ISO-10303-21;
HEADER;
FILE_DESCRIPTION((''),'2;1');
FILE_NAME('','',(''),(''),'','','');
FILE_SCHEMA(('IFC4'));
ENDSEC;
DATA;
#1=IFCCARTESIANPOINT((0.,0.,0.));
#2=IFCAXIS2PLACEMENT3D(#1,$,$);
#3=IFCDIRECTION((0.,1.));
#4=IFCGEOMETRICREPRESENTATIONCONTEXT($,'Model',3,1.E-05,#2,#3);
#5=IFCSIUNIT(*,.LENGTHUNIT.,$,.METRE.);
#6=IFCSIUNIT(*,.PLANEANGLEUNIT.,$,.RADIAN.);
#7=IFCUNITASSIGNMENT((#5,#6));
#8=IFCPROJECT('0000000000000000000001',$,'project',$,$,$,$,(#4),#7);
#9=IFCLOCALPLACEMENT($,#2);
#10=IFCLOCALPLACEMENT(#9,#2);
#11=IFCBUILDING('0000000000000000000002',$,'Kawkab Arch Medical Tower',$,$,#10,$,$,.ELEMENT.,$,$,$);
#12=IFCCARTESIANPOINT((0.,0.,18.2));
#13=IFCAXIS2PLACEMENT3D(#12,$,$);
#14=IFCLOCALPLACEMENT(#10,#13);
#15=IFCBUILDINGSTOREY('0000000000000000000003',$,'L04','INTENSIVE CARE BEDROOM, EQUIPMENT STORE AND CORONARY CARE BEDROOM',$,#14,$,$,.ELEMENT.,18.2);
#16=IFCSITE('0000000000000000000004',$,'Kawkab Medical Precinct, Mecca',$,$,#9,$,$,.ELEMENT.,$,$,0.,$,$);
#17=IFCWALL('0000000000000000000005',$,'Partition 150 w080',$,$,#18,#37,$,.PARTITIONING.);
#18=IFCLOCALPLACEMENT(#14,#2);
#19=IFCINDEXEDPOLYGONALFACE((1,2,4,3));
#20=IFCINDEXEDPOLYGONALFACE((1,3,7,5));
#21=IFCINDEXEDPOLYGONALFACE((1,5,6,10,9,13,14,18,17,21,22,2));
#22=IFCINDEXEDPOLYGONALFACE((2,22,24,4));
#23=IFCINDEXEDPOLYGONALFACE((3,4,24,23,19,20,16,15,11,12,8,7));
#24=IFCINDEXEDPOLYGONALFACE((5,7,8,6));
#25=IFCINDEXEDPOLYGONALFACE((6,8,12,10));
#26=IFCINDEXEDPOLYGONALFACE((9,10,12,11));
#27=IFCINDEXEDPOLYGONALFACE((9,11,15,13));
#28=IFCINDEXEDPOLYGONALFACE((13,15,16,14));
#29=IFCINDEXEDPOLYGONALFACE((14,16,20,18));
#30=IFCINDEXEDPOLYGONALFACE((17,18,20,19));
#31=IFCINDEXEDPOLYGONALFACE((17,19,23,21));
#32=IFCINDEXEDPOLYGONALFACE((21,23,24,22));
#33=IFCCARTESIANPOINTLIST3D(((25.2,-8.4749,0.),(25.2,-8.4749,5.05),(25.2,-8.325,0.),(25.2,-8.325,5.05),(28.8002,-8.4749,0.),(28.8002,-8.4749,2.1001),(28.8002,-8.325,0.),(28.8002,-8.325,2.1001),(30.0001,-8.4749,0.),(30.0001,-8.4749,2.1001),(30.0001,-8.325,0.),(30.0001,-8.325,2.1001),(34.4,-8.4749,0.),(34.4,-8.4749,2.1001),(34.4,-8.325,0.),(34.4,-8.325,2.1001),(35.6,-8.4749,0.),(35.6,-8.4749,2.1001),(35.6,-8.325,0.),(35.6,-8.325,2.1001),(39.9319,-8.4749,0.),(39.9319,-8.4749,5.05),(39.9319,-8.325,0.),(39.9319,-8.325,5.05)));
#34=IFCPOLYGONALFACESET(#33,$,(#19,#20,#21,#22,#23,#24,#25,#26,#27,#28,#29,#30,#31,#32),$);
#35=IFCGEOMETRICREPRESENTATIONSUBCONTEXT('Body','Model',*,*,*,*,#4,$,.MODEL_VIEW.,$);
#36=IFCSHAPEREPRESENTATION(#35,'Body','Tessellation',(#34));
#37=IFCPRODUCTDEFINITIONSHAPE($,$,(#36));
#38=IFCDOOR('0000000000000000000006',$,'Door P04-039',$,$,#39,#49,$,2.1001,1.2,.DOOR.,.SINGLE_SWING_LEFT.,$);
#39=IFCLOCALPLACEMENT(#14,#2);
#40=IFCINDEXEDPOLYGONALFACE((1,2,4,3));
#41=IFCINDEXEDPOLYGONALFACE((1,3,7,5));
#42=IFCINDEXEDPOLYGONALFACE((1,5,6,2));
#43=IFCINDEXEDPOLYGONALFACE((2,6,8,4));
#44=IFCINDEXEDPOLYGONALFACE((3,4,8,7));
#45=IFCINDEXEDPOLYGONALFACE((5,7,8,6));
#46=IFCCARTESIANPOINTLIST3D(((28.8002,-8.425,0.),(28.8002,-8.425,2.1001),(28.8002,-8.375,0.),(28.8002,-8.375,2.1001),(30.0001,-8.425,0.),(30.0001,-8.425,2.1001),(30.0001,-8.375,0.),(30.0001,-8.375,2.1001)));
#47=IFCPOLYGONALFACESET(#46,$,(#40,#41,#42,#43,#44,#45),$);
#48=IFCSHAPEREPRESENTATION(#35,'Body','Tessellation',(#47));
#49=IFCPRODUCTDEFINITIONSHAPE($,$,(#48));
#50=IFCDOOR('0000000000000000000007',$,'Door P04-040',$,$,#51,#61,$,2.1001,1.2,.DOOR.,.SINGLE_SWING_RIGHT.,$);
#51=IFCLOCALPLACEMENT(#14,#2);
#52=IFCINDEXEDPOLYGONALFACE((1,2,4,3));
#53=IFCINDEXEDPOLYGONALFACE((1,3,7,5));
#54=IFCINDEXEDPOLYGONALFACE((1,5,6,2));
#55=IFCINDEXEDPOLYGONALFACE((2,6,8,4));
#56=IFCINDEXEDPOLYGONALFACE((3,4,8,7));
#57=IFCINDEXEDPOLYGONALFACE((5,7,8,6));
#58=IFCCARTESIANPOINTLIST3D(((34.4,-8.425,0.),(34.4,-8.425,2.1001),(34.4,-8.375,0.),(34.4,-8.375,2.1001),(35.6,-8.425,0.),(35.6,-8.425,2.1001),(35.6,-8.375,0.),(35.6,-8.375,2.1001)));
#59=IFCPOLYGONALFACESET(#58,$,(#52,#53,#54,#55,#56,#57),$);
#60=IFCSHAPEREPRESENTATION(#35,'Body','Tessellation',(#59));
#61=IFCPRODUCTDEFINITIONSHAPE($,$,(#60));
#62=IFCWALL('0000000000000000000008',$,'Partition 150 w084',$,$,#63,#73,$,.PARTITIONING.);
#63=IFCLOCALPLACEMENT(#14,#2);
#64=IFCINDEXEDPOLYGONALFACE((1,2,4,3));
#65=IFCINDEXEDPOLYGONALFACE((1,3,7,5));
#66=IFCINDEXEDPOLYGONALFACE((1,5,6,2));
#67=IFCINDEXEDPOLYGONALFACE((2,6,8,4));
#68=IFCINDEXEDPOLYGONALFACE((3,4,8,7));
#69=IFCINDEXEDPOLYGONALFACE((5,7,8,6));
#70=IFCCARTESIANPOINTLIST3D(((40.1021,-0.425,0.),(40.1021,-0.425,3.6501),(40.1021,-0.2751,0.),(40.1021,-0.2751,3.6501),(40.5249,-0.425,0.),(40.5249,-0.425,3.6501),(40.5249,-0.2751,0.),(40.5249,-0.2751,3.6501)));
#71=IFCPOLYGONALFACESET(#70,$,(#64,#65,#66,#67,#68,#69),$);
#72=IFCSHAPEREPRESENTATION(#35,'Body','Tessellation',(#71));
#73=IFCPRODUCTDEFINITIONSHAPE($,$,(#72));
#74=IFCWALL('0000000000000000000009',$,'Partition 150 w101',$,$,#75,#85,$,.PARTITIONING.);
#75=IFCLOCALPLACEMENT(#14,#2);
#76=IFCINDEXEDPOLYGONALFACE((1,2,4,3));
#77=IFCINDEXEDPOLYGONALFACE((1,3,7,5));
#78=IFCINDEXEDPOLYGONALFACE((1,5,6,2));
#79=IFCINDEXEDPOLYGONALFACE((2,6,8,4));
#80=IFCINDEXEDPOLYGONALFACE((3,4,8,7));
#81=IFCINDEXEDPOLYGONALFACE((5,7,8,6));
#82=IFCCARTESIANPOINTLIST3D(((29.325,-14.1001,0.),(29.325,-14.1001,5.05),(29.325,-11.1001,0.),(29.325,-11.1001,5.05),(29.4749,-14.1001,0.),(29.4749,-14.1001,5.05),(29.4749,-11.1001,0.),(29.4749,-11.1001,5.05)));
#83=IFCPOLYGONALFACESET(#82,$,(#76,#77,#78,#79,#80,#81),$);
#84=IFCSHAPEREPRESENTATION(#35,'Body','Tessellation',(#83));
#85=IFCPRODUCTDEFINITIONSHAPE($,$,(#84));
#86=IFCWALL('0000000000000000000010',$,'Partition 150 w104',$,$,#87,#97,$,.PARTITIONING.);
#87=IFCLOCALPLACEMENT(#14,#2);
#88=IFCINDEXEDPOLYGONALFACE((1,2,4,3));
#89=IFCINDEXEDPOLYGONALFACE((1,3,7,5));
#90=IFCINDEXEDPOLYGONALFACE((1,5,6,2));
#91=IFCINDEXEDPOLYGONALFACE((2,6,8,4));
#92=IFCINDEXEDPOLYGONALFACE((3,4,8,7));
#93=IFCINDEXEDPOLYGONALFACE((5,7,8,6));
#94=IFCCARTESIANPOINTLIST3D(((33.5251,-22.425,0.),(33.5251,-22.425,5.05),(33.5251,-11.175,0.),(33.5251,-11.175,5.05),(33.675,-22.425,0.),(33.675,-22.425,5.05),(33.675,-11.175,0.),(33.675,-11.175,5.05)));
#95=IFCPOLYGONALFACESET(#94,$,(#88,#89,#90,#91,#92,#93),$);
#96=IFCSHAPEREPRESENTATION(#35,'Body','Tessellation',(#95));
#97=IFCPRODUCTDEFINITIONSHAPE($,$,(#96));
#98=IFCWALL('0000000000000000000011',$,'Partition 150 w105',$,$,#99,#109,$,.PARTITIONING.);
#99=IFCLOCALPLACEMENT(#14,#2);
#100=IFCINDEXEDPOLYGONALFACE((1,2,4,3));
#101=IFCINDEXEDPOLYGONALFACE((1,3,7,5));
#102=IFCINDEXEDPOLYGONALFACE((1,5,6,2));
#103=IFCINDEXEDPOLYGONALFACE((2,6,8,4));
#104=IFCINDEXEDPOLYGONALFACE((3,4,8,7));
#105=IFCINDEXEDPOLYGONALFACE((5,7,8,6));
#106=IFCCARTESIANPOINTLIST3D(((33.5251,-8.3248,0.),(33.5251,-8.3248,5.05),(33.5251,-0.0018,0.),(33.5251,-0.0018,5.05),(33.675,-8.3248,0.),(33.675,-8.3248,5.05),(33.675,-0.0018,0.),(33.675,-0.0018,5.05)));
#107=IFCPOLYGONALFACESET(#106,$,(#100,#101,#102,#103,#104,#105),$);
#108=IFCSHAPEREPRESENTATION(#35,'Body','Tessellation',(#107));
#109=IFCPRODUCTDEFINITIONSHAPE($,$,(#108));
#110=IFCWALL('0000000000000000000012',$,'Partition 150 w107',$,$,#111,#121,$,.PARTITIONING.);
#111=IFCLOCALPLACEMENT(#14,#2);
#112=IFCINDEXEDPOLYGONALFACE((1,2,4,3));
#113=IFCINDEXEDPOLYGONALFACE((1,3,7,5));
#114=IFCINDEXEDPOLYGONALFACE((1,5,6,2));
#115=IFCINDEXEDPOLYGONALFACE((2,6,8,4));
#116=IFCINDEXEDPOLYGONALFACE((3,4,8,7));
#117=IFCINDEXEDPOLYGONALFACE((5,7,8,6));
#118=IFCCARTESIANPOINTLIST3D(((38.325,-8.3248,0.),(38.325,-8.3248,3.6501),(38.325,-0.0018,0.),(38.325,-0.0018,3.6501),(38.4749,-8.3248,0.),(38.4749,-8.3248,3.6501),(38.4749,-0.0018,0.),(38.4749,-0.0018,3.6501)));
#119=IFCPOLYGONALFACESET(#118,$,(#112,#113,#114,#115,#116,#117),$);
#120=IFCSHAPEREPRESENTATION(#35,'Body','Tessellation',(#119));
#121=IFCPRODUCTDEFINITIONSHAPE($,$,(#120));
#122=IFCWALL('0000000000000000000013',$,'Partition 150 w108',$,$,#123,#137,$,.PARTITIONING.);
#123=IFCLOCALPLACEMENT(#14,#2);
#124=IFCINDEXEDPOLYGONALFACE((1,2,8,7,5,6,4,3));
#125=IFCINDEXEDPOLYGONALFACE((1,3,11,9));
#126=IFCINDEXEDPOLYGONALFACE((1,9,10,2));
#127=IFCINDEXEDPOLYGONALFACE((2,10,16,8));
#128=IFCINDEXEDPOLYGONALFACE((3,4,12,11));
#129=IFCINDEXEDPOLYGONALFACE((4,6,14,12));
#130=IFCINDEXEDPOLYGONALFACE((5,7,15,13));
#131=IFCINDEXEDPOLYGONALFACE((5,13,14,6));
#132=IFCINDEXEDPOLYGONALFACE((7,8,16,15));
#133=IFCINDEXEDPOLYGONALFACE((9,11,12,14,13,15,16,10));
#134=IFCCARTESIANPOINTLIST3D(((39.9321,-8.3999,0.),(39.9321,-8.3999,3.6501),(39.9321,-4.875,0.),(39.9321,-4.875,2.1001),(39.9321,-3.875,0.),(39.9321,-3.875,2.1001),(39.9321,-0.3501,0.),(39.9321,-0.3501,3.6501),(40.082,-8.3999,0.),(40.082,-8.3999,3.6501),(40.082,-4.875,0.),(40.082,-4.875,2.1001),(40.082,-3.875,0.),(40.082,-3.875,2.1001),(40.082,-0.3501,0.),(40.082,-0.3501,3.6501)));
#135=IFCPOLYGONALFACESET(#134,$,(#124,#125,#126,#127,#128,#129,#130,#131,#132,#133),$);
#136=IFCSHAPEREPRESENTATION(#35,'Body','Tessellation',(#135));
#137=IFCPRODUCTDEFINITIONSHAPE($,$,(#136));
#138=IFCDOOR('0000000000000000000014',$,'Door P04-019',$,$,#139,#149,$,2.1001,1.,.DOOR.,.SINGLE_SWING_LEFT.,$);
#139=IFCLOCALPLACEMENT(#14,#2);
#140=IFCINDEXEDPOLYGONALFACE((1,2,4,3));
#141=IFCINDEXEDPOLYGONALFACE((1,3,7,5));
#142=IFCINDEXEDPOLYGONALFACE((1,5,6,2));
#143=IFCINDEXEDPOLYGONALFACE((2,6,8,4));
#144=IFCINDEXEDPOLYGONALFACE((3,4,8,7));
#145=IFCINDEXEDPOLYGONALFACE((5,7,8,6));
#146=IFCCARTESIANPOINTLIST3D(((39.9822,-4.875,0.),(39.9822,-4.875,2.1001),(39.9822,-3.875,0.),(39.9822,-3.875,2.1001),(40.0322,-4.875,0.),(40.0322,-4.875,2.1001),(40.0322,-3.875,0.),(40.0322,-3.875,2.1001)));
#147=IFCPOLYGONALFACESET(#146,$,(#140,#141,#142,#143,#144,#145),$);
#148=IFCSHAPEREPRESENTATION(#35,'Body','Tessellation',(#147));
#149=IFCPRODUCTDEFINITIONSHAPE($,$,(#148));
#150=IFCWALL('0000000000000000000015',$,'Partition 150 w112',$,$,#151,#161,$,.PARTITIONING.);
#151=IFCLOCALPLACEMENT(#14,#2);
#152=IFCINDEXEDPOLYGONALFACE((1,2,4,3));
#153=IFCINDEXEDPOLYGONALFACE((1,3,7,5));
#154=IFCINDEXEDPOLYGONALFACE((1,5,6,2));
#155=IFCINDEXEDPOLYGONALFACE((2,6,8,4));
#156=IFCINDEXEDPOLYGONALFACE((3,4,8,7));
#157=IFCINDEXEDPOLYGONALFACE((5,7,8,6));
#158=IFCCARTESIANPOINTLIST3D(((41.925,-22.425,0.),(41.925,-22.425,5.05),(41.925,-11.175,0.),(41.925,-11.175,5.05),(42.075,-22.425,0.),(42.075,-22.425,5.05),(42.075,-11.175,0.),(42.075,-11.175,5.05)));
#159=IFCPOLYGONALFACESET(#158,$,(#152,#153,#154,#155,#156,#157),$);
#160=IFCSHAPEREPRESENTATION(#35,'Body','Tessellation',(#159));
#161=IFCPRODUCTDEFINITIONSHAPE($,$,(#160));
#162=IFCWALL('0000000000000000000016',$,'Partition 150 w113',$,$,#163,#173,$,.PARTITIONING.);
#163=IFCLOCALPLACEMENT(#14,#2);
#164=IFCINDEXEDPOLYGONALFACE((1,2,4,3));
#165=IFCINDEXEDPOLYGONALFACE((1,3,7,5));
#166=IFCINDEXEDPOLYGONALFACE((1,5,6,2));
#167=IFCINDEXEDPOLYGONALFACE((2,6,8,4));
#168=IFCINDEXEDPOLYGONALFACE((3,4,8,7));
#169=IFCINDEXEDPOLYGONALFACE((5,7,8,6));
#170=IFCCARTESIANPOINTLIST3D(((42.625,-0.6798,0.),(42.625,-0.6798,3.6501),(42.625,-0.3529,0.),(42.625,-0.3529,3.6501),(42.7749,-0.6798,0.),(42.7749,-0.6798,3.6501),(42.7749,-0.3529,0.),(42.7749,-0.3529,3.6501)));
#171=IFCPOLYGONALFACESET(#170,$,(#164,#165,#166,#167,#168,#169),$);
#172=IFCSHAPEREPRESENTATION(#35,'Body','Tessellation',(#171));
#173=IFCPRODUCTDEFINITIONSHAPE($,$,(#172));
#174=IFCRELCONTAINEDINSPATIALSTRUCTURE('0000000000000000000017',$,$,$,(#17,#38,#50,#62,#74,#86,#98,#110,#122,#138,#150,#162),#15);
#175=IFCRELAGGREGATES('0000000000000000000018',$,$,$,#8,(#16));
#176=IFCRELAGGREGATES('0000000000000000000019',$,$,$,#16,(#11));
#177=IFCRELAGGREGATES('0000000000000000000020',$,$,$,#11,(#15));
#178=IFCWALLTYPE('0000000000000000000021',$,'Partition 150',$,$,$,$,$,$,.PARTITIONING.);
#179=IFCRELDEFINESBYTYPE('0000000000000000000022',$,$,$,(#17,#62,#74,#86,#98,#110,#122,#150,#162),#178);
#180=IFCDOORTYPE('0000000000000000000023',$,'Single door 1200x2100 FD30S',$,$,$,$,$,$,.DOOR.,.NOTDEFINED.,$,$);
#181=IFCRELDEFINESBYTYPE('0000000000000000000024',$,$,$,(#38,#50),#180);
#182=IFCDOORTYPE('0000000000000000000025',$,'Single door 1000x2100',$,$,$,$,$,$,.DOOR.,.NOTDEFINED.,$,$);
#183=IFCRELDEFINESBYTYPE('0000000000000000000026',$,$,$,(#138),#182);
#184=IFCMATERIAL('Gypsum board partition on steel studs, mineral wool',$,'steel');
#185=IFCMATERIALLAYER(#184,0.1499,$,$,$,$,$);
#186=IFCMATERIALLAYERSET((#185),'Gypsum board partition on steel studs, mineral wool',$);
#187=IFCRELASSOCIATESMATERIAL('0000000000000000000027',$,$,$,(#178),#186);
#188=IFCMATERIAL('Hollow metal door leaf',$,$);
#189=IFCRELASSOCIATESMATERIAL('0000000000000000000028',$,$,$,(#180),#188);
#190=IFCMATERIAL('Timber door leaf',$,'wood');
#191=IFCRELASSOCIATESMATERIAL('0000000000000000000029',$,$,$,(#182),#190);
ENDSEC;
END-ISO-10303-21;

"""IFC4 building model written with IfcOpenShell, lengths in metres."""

from ifc_helpers import new_model, si_unit, direction, frame, frame_2d, origin, place, context, subcontext, project, spatial, rectangle, extrude, material, layer, layer_set, type_object, element, fill, save


model = new_model("IFC4")

# Units and contexts
model_context = context("Model", 3, precision=1e-05, world=origin(), true_north=direction((0.0, 1.0)))
body_context = subcontext(model_context, "Body", "Model", "MODEL_VIEW")
ifc_project = project(units=[si_unit("LENGTHUNIT", "METRE"), si_unit("PLANEANGLEUNIT", "RADIAN")], contexts=[model_context])

# Site, building, storey
site_placement = place(None, origin())
site = spatial("IfcSite", under=ifc_project, at=site_placement, Name="Kawkab Medical Precinct, Mecca", CompositionType="ELEMENT", RefElevation=0.0)
building_placement = place(site_placement, origin())
building = spatial("IfcBuilding", under=site, at=building_placement, Name="Kawkab Arch Medical Tower", CompositionType="ELEMENT")
storey_placement = place(building_placement, frame((0.0, 0.0, 18.2)))
storey = spatial("IfcBuildingStorey", under=building, at=storey_placement, Name="L04", Description="INTENSIVE CARE BEDROOM, EQUIPMENT STORE AND CORONARY CARE BEDROOM", CompositionType="ELEMENT", Elevation=18.2)

# Shared definitions
ifc_material_1 = material(Name="Gypsum board partition on steel studs, mineral wool", Category="steel")
ifc_layer_1 = layer(ifc_material_1, 0.1499)
ifc_layer_set_1 = layer_set([ifc_layer_1], Name="Gypsum board partition on steel studs, mineral wool")
wall_type_1 = type_object("IfcWallType", Name="Partition 150", PredefinedType="PARTITIONING", material=ifc_layer_set_1)

# Wall, openings, doors
wall_1_placement = place(storey_placement, frame((25.2, -8.3999, 0.0), z_axis=(0.0, 0.0, 1.0), x_axis=(1.0, 0.0, 0.0)))
wall_1 = element("IfcWall", 1, at=wall_1_placement, inside=storey, type_object=wall_type_1, Name="Partition 150 w080", PredefinedType="PARTITIONING", context=body_context, shape_type="SweptSolid", body=[
    extrude(rectangle(XDim=14.7319, YDim=0.1499, at=frame_2d((7.366, 0.0))), origin(), (0.0, 0.0, 1.0), 5.05),
])
opening_1_placement = place(wall_1_placement, frame((3.6001, 0.0, 0.0)))
opening_1 = element("IfcOpeningElement", 2, at=opening_1_placement, cuts=wall_1, PredefinedType="OPENING", context=body_context, shape_type="SweptSolid", body=[
    extrude(rectangle(XDim=1.2, YDim=2.1001, at=frame_2d((0.6001, 1.05))), frame((0.0, 0.085, 0.0), z_axis=(0.0, -1.0, 0.0), x_axis=(1.0, 0.0, 0.0)), (0.0, 0.0, 1.0), 0.1699),
])
opening_2_placement = place(wall_1_placement, frame((9.2, 0.0, 0.0)))
opening_2 = element("IfcOpeningElement", 3, at=opening_2_placement, cuts=wall_1, PredefinedType="OPENING", context=body_context, shape_type="SweptSolid", body=[
    extrude(rectangle(XDim=1.2, YDim=2.1001, at=frame_2d((0.6001, 1.05))), frame((0.0, 0.085, 0.0), z_axis=(0.0, -1.0, 0.0), x_axis=(1.0, 0.0, 0.0)), (0.0, 0.0, 1.0), 0.1699),
])
ifc_material_2 = material(Name="Hollow metal door leaf")
door_type_1 = type_object("IfcDoorType", Name="Single door 1200x2100 FD30S", OperationType="NOTDEFINED", PredefinedType="DOOR", material=ifc_material_2)
door_1_placement = place(opening_1_placement, origin())
door_1 = element("IfcDoor", 4, at=door_1_placement, inside=storey, type_object=door_type_1, Name="Door P04-039", OperationType="SINGLE_SWING_LEFT", OverallHeight=2.1001, OverallWidth=1.2, PredefinedType="DOOR", context=body_context, shape_type="SweptSolid", body=[
    extrude(rectangle(XDim=1.2, YDim=2.1001, at=frame_2d((0.6001, 1.05))), frame((0.0, 0.0249, 0.0), z_axis=(0.0, -1.0, 0.0), x_axis=(1.0, 0.0, 0.0)), (0.0, 0.0, 1.0), 0.05),
])
fill(opening_1, door_1)
door_2_placement = place(opening_2_placement, origin())
door_2 = element("IfcDoor", 5, at=door_2_placement, inside=storey, type_object=door_type_1, Name="Door P04-040", OperationType="SINGLE_SWING_RIGHT", OverallHeight=2.1001, OverallWidth=1.2, PredefinedType="DOOR", context=body_context, shape_type="SweptSolid", body=[
    extrude(rectangle(XDim=1.2, YDim=2.1001, at=frame_2d((0.6001, 1.05))), frame((0.0, 0.0249, 0.0), z_axis=(0.0, -1.0, 0.0), x_axis=(1.0, 0.0, 0.0)), (0.0, 0.0, 1.0), 0.05),
])
fill(opening_2, door_2)

# Walls
wall_2_placement = place(storey_placement, frame((40.1021, -0.3501, 0.0), z_axis=(0.0, 0.0, 1.0), x_axis=(1.0, 0.0, 0.0)))
element("IfcWall", 6, at=wall_2_placement, inside=storey, type_object=wall_type_1, Name="Partition 150 w084", PredefinedType="PARTITIONING", context=body_context, shape_type="SweptSolid", body=[
    extrude(rectangle(XDim=0.4229, YDim=0.1499, at=frame_2d((0.2114, 0.0))), origin(), (0.0, 0.0, 1.0), 3.6501),
])
wall_3_placement = place(storey_placement, frame((29.3999, -14.1001, 0.0), z_axis=(0.0, 0.0, 1.0), x_axis=(0.0, 1.0, 0.0)))
element("IfcWall", 7, at=wall_3_placement, inside=storey, type_object=wall_type_1, Name="Partition 150 w101", PredefinedType="PARTITIONING", context=body_context, shape_type="SweptSolid", body=[
    extrude(rectangle(XDim=3.0, YDim=0.1499, at=frame_2d((1.5, 0.0))), origin(), (0.0, 0.0, 1.0), 5.05),
])
wall_4_placement = place(storey_placement, frame((33.6001, -22.425, 0.0), z_axis=(0.0, 0.0, 1.0), x_axis=(0.0, 1.0, 0.0)))
element("IfcWall", 8, at=wall_4_placement, inside=storey, type_object=wall_type_1, Name="Partition 150 w104", PredefinedType="PARTITIONING", context=body_context, shape_type="SweptSolid", body=[
    extrude(rectangle(XDim=11.25, YDim=0.1499, at=frame_2d((5.625, 0.0))), origin(), (0.0, 0.0, 1.0), 5.05),
])
wall_5_placement = place(storey_placement, frame((33.6001, -8.325, 0.0), z_axis=(0.0, 0.0, 1.0), x_axis=(0.0, 1.0, 0.0)))
element("IfcWall", 9, at=wall_5_placement, inside=storey, type_object=wall_type_1, Name="Partition 150 w105", PredefinedType="PARTITIONING", context=body_context, shape_type="SweptSolid", body=[
    extrude(rectangle(XDim=8.323, YDim=0.1499, at=frame_2d((4.1616, 0.0))), origin(), (0.0, 0.0, 1.0), 5.05),
])
wall_6_placement = place(storey_placement, frame((38.3999, -8.325, 0.0), z_axis=(0.0, 0.0, 1.0), x_axis=(0.0, 1.0, 0.0)))
element("IfcWall", 10, at=wall_6_placement, inside=storey, type_object=wall_type_1, Name="Partition 150 w107", PredefinedType="PARTITIONING", context=body_context, shape_type="SweptSolid", body=[
    extrude(rectangle(XDim=8.323, YDim=0.1499, at=frame_2d((4.1616, 0.0))), origin(), (0.0, 0.0, 1.0), 3.6501),
])

# Wall, opening, door
wall_7_placement = place(storey_placement, frame((40.0071, -8.3999, 0.0), z_axis=(0.0, 0.0, 1.0), x_axis=(0.0, 1.0, 0.0)))
wall_7 = element("IfcWall", 11, at=wall_7_placement, inside=storey, type_object=wall_type_1, Name="Partition 150 w108", PredefinedType="PARTITIONING", context=body_context, shape_type="SweptSolid", body=[
    extrude(rectangle(XDim=8.0498, YDim=0.1499, at=frame_2d((4.0249, 0.0))), origin(), (0.0, 0.0, 1.0), 3.6501),
])
opening_3_placement = place(wall_7_placement, frame((3.5249, 0.0, 0.0)))
opening_3 = element("IfcOpeningElement", 12, at=opening_3_placement, cuts=wall_7, PredefinedType="OPENING", context=body_context, shape_type="SweptSolid", body=[
    extrude(rectangle(XDim=1.0, YDim=2.1001, at=frame_2d((0.5, 1.05))), frame((0.0, 0.085, 0.0), z_axis=(0.0, -1.0, 0.0), x_axis=(1.0, 0.0, 0.0)), (0.0, 0.0, 1.0), 0.1699),
])
ifc_material_3 = material(Name="Timber door leaf", Category="wood")
door_type_2 = type_object("IfcDoorType", Name="Single door 1000x2100", OperationType="NOTDEFINED", PredefinedType="DOOR", material=ifc_material_3)
door_3_placement = place(opening_3_placement, origin())
door_3 = element("IfcDoor", 13, at=door_3_placement, inside=storey, type_object=door_type_2, Name="Door P04-019", OperationType="SINGLE_SWING_LEFT", OverallHeight=2.1001, OverallWidth=1.0, PredefinedType="DOOR", context=body_context, shape_type="SweptSolid", body=[
    extrude(rectangle(XDim=1.0, YDim=2.1001, at=frame_2d((0.5, 1.05))), frame((0.0, 0.0249, 0.0), z_axis=(0.0, -1.0, 0.0), x_axis=(1.0, 0.0, 0.0)), (0.0, 0.0, 1.0), 0.05),
])
fill(opening_3, door_3)

# Walls
wall_8_placement = place(storey_placement, frame((42.0, -22.425, 0.0), z_axis=(0.0, 0.0, 1.0), x_axis=(0.0, 1.0, 0.0)))
element("IfcWall", 14, at=wall_8_placement, inside=storey, type_object=wall_type_1, Name="Partition 150 w112", PredefinedType="PARTITIONING", context=body_context, shape_type="SweptSolid", body=[
    extrude(rectangle(XDim=11.25, YDim=0.1499, at=frame_2d((5.625, 0.0))), origin(), (0.0, 0.0, 1.0), 5.05),
])
wall_9_placement = place(storey_placement, frame((42.7, -0.6799, 0.0), z_axis=(0.0, 0.0, 1.0), x_axis=(0.0, 1.0, 0.0)))
element("IfcWall", 15, at=wall_9_placement, inside=storey, type_object=wall_type_1, Name="Partition 150 w113", PredefinedType="PARTITIONING", context=body_context, shape_type="SweptSolid", body=[
    extrude(rectangle(XDim=0.3269, YDim=0.1499, at=frame_2d((0.1636, 0.0))), origin(), (0.0, 0.0, 1.0), 3.6501),
])

save(model, "model.ifc")
